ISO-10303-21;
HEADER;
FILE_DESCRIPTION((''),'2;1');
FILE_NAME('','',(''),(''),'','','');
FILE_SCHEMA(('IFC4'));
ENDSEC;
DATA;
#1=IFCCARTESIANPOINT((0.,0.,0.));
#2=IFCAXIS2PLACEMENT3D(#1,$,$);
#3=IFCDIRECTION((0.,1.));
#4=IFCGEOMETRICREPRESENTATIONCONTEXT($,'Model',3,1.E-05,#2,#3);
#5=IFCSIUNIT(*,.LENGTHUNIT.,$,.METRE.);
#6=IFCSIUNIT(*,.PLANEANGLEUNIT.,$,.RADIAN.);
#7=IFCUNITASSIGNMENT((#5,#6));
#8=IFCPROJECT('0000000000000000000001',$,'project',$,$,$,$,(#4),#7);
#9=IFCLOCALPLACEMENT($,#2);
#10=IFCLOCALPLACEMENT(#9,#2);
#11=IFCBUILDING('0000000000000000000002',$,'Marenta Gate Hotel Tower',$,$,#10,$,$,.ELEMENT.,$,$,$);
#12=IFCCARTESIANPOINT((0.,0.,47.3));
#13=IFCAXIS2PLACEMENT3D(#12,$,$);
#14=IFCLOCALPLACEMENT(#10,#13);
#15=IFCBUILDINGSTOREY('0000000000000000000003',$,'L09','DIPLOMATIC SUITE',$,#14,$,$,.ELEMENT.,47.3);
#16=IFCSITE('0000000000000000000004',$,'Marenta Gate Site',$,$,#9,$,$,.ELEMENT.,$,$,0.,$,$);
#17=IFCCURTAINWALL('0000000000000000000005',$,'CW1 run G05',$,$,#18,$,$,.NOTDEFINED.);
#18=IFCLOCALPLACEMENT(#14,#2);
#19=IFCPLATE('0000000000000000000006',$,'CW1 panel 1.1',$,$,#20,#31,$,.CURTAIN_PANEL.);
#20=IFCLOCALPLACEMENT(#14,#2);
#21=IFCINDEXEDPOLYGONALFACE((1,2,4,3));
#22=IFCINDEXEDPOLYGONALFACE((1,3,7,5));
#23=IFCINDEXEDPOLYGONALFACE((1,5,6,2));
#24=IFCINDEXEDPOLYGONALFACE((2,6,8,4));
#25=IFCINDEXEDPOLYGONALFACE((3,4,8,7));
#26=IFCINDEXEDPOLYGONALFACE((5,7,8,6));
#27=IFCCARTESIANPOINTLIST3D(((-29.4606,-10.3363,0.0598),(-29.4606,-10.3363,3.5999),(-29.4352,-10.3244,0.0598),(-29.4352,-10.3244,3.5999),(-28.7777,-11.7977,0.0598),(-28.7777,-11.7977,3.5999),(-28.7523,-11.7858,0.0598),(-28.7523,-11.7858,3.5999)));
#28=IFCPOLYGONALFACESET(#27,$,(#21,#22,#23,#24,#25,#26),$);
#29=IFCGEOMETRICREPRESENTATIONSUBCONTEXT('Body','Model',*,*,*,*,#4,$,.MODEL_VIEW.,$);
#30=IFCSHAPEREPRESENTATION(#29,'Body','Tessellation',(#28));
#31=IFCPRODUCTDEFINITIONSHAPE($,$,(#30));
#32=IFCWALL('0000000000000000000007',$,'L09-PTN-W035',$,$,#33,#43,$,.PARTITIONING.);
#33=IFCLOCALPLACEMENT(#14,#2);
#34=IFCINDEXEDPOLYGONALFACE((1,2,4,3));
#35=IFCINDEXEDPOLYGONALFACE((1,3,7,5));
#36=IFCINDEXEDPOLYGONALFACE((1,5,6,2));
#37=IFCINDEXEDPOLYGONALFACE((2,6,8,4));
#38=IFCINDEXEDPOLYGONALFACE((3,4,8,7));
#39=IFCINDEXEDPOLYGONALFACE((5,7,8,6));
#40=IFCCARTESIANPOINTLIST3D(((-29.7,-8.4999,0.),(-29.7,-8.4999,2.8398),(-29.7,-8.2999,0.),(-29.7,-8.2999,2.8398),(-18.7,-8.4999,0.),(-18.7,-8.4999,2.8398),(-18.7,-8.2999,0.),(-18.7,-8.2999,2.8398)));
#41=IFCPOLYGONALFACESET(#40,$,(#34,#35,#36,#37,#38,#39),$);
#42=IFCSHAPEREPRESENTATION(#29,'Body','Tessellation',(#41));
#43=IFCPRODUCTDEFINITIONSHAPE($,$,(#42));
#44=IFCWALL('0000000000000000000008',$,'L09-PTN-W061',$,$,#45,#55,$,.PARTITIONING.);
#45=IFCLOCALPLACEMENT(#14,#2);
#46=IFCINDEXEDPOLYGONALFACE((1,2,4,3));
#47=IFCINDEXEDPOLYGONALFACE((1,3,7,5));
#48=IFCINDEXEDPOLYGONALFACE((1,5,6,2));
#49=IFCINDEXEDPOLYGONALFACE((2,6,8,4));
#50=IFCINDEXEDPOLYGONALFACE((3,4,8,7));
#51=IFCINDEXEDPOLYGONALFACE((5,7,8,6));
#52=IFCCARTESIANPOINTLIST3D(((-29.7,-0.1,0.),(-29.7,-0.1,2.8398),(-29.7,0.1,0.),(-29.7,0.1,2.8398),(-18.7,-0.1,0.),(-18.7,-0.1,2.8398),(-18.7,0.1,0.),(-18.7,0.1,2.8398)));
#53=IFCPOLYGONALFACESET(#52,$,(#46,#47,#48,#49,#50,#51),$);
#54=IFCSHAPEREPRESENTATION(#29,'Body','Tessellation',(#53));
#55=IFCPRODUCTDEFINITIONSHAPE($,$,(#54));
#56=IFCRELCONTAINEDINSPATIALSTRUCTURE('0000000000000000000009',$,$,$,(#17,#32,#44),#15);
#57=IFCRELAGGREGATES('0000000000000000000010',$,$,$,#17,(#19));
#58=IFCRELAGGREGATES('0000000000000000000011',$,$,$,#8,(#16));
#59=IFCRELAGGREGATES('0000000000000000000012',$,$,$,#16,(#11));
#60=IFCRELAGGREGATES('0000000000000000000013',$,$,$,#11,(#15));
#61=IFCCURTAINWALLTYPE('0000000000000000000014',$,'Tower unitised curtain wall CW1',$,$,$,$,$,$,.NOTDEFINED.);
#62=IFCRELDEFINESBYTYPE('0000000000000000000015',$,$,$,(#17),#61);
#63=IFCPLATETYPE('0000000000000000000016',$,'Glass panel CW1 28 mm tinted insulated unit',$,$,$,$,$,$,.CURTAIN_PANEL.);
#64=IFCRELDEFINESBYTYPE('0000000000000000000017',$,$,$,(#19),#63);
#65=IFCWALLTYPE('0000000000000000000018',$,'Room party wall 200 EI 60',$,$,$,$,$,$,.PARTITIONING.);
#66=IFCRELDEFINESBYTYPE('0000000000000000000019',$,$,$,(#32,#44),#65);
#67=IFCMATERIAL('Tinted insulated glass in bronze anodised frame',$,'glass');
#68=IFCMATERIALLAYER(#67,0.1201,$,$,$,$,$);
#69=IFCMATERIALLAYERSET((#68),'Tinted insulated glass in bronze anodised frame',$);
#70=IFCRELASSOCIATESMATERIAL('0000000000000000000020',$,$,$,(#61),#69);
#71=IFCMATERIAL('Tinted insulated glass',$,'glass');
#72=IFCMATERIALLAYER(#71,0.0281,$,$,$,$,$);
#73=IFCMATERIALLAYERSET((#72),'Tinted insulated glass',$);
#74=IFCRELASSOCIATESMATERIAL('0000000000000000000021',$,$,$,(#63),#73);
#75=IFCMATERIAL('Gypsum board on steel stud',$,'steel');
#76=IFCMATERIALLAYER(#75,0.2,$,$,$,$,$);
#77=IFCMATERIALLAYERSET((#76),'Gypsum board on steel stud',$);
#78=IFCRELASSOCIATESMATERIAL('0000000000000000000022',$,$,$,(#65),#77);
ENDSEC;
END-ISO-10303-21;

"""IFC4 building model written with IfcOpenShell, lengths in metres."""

from ifc_helpers import new_model, si_unit, direction, frame, frame_2d, origin, origin_2d, place, context, subcontext, project, spatial, rectangle, extrude, material, layer, layer_set, type_object, element, aggregate, save


model = new_model("IFC4")

# Units and contexts
model_context = context("Model", 3, precision=1e-05, world=origin(), true_north=direction((0.0, 1.0)))
body_context = subcontext(model_context, "Body", "Model", "MODEL_VIEW")
ifc_project = project(units=[si_unit("LENGTHUNIT", "METRE"), si_unit("PLANEANGLEUNIT", "RADIAN")], contexts=[model_context])

# Site, building, storey
site_placement = place(None, origin())
site = spatial("IfcSite", under=ifc_project, at=site_placement, Name="Marenta Gate Site", CompositionType="ELEMENT", RefElevation=0.0)
building_placement = place(site_placement, origin())
building = spatial("IfcBuilding", under=site, at=building_placement, Name="Marenta Gate Hotel Tower", CompositionType="ELEMENT")
storey_placement = place(building_placement, frame((0.0, 0.0, 47.3)))
storey = spatial("IfcBuildingStorey", under=building, at=storey_placement, Name="L09", Description="DIPLOMATIC SUITE", CompositionType="ELEMENT", Elevation=47.3)

# Curtain wall
ifc_material_1 = material(Name="Tinted insulated glass in bronze anodised frame", Category="glass")
ifc_layer_1 = layer(ifc_material_1, 0.1201)
ifc_layer_set_1 = layer_set([ifc_layer_1], Name="Tinted insulated glass in bronze anodised frame")
curtain_wall_type = type_object("IfcCurtainWallType", Name="Tower unitised curtain wall CW1", PredefinedType="NOTDEFINED", material=ifc_layer_set_1)
curtain_wall_1_placement = place(storey_placement, origin())
curtain_wall_1 = element("IfcCurtainWall", 1, at=curtain_wall_1_placement, inside=storey, type_object=curtain_wall_type, Name="CW1 run G05", PredefinedType="NOTDEFINED")

# Plate
ifc_material_2 = material(Name="Tinted insulated glass", Category="glass")
ifc_layer_2 = layer(ifc_material_2, 0.0281)
ifc_layer_set_2 = layer_set([ifc_layer_2], Name="Tinted insulated glass")
plate_type = type_object("IfcPlateType", Name="Glass panel CW1 28 mm tinted insulated unit", PredefinedType="CURTAIN_PANEL", material=ifc_layer_set_2)
plate_1_placement = place(storey_placement, frame((-29.1064, -11.061, 0.0598), z_axis=(0.0, 0.0, 1.0), x_axis=(0.42334, -0.905971, 0.0)))
plate_1 = element("IfcPlate", 2, at=plate_1_placement, type_object=plate_type, Name="CW1 panel 1.1", PredefinedType="CURTAIN_PANEL", context=body_context, shape_type="SweptSolid", body=[
    extrude(rectangle(XDim=1.613, YDim=0.0281, at=origin_2d()), origin(), (0.0, 0.0, 1.0), 3.54),
])
aggregate(curtain_wall_1, [plate_1])

# Walls
ifc_material_3 = material(Name="Gypsum board on steel stud", Category="steel")
ifc_layer_3 = layer(ifc_material_3, 0.2)
ifc_layer_set_3 = layer_set([ifc_layer_3], Name="Gypsum board on steel stud")
wall_type = type_object("IfcWallType", Name="Room party wall 200 EI 60", PredefinedType="PARTITIONING", material=ifc_layer_set_3)
for number, where, z_axis, x_axis, name in (
    (3, (-29.7, -8.3999, 0.0), (0.0, 0.0, 1.0), (1.0, 0.0, 0.0), "L09-PTN-W035"),
    (4, (-29.7, 0.0, 0.0), (0.0, 0.0, 1.0), (1.0, 0.0, 0.0), "L09-PTN-W061"),
):
    element("IfcWall", number, at=place(storey_placement, frame(where, z_axis=z_axis, x_axis=x_axis)), inside=storey, type_object=wall_type, Name=name, PredefinedType="PARTITIONING", context=body_context, shape_type="SweptSolid", body=[
        extrude(rectangle(XDim=11.0, YDim=0.2, at=frame_2d((5.5, 0.0))), origin(), (0.0, 0.0, 1.0), 2.8398),
    ])

save(model, "model.ifc")
